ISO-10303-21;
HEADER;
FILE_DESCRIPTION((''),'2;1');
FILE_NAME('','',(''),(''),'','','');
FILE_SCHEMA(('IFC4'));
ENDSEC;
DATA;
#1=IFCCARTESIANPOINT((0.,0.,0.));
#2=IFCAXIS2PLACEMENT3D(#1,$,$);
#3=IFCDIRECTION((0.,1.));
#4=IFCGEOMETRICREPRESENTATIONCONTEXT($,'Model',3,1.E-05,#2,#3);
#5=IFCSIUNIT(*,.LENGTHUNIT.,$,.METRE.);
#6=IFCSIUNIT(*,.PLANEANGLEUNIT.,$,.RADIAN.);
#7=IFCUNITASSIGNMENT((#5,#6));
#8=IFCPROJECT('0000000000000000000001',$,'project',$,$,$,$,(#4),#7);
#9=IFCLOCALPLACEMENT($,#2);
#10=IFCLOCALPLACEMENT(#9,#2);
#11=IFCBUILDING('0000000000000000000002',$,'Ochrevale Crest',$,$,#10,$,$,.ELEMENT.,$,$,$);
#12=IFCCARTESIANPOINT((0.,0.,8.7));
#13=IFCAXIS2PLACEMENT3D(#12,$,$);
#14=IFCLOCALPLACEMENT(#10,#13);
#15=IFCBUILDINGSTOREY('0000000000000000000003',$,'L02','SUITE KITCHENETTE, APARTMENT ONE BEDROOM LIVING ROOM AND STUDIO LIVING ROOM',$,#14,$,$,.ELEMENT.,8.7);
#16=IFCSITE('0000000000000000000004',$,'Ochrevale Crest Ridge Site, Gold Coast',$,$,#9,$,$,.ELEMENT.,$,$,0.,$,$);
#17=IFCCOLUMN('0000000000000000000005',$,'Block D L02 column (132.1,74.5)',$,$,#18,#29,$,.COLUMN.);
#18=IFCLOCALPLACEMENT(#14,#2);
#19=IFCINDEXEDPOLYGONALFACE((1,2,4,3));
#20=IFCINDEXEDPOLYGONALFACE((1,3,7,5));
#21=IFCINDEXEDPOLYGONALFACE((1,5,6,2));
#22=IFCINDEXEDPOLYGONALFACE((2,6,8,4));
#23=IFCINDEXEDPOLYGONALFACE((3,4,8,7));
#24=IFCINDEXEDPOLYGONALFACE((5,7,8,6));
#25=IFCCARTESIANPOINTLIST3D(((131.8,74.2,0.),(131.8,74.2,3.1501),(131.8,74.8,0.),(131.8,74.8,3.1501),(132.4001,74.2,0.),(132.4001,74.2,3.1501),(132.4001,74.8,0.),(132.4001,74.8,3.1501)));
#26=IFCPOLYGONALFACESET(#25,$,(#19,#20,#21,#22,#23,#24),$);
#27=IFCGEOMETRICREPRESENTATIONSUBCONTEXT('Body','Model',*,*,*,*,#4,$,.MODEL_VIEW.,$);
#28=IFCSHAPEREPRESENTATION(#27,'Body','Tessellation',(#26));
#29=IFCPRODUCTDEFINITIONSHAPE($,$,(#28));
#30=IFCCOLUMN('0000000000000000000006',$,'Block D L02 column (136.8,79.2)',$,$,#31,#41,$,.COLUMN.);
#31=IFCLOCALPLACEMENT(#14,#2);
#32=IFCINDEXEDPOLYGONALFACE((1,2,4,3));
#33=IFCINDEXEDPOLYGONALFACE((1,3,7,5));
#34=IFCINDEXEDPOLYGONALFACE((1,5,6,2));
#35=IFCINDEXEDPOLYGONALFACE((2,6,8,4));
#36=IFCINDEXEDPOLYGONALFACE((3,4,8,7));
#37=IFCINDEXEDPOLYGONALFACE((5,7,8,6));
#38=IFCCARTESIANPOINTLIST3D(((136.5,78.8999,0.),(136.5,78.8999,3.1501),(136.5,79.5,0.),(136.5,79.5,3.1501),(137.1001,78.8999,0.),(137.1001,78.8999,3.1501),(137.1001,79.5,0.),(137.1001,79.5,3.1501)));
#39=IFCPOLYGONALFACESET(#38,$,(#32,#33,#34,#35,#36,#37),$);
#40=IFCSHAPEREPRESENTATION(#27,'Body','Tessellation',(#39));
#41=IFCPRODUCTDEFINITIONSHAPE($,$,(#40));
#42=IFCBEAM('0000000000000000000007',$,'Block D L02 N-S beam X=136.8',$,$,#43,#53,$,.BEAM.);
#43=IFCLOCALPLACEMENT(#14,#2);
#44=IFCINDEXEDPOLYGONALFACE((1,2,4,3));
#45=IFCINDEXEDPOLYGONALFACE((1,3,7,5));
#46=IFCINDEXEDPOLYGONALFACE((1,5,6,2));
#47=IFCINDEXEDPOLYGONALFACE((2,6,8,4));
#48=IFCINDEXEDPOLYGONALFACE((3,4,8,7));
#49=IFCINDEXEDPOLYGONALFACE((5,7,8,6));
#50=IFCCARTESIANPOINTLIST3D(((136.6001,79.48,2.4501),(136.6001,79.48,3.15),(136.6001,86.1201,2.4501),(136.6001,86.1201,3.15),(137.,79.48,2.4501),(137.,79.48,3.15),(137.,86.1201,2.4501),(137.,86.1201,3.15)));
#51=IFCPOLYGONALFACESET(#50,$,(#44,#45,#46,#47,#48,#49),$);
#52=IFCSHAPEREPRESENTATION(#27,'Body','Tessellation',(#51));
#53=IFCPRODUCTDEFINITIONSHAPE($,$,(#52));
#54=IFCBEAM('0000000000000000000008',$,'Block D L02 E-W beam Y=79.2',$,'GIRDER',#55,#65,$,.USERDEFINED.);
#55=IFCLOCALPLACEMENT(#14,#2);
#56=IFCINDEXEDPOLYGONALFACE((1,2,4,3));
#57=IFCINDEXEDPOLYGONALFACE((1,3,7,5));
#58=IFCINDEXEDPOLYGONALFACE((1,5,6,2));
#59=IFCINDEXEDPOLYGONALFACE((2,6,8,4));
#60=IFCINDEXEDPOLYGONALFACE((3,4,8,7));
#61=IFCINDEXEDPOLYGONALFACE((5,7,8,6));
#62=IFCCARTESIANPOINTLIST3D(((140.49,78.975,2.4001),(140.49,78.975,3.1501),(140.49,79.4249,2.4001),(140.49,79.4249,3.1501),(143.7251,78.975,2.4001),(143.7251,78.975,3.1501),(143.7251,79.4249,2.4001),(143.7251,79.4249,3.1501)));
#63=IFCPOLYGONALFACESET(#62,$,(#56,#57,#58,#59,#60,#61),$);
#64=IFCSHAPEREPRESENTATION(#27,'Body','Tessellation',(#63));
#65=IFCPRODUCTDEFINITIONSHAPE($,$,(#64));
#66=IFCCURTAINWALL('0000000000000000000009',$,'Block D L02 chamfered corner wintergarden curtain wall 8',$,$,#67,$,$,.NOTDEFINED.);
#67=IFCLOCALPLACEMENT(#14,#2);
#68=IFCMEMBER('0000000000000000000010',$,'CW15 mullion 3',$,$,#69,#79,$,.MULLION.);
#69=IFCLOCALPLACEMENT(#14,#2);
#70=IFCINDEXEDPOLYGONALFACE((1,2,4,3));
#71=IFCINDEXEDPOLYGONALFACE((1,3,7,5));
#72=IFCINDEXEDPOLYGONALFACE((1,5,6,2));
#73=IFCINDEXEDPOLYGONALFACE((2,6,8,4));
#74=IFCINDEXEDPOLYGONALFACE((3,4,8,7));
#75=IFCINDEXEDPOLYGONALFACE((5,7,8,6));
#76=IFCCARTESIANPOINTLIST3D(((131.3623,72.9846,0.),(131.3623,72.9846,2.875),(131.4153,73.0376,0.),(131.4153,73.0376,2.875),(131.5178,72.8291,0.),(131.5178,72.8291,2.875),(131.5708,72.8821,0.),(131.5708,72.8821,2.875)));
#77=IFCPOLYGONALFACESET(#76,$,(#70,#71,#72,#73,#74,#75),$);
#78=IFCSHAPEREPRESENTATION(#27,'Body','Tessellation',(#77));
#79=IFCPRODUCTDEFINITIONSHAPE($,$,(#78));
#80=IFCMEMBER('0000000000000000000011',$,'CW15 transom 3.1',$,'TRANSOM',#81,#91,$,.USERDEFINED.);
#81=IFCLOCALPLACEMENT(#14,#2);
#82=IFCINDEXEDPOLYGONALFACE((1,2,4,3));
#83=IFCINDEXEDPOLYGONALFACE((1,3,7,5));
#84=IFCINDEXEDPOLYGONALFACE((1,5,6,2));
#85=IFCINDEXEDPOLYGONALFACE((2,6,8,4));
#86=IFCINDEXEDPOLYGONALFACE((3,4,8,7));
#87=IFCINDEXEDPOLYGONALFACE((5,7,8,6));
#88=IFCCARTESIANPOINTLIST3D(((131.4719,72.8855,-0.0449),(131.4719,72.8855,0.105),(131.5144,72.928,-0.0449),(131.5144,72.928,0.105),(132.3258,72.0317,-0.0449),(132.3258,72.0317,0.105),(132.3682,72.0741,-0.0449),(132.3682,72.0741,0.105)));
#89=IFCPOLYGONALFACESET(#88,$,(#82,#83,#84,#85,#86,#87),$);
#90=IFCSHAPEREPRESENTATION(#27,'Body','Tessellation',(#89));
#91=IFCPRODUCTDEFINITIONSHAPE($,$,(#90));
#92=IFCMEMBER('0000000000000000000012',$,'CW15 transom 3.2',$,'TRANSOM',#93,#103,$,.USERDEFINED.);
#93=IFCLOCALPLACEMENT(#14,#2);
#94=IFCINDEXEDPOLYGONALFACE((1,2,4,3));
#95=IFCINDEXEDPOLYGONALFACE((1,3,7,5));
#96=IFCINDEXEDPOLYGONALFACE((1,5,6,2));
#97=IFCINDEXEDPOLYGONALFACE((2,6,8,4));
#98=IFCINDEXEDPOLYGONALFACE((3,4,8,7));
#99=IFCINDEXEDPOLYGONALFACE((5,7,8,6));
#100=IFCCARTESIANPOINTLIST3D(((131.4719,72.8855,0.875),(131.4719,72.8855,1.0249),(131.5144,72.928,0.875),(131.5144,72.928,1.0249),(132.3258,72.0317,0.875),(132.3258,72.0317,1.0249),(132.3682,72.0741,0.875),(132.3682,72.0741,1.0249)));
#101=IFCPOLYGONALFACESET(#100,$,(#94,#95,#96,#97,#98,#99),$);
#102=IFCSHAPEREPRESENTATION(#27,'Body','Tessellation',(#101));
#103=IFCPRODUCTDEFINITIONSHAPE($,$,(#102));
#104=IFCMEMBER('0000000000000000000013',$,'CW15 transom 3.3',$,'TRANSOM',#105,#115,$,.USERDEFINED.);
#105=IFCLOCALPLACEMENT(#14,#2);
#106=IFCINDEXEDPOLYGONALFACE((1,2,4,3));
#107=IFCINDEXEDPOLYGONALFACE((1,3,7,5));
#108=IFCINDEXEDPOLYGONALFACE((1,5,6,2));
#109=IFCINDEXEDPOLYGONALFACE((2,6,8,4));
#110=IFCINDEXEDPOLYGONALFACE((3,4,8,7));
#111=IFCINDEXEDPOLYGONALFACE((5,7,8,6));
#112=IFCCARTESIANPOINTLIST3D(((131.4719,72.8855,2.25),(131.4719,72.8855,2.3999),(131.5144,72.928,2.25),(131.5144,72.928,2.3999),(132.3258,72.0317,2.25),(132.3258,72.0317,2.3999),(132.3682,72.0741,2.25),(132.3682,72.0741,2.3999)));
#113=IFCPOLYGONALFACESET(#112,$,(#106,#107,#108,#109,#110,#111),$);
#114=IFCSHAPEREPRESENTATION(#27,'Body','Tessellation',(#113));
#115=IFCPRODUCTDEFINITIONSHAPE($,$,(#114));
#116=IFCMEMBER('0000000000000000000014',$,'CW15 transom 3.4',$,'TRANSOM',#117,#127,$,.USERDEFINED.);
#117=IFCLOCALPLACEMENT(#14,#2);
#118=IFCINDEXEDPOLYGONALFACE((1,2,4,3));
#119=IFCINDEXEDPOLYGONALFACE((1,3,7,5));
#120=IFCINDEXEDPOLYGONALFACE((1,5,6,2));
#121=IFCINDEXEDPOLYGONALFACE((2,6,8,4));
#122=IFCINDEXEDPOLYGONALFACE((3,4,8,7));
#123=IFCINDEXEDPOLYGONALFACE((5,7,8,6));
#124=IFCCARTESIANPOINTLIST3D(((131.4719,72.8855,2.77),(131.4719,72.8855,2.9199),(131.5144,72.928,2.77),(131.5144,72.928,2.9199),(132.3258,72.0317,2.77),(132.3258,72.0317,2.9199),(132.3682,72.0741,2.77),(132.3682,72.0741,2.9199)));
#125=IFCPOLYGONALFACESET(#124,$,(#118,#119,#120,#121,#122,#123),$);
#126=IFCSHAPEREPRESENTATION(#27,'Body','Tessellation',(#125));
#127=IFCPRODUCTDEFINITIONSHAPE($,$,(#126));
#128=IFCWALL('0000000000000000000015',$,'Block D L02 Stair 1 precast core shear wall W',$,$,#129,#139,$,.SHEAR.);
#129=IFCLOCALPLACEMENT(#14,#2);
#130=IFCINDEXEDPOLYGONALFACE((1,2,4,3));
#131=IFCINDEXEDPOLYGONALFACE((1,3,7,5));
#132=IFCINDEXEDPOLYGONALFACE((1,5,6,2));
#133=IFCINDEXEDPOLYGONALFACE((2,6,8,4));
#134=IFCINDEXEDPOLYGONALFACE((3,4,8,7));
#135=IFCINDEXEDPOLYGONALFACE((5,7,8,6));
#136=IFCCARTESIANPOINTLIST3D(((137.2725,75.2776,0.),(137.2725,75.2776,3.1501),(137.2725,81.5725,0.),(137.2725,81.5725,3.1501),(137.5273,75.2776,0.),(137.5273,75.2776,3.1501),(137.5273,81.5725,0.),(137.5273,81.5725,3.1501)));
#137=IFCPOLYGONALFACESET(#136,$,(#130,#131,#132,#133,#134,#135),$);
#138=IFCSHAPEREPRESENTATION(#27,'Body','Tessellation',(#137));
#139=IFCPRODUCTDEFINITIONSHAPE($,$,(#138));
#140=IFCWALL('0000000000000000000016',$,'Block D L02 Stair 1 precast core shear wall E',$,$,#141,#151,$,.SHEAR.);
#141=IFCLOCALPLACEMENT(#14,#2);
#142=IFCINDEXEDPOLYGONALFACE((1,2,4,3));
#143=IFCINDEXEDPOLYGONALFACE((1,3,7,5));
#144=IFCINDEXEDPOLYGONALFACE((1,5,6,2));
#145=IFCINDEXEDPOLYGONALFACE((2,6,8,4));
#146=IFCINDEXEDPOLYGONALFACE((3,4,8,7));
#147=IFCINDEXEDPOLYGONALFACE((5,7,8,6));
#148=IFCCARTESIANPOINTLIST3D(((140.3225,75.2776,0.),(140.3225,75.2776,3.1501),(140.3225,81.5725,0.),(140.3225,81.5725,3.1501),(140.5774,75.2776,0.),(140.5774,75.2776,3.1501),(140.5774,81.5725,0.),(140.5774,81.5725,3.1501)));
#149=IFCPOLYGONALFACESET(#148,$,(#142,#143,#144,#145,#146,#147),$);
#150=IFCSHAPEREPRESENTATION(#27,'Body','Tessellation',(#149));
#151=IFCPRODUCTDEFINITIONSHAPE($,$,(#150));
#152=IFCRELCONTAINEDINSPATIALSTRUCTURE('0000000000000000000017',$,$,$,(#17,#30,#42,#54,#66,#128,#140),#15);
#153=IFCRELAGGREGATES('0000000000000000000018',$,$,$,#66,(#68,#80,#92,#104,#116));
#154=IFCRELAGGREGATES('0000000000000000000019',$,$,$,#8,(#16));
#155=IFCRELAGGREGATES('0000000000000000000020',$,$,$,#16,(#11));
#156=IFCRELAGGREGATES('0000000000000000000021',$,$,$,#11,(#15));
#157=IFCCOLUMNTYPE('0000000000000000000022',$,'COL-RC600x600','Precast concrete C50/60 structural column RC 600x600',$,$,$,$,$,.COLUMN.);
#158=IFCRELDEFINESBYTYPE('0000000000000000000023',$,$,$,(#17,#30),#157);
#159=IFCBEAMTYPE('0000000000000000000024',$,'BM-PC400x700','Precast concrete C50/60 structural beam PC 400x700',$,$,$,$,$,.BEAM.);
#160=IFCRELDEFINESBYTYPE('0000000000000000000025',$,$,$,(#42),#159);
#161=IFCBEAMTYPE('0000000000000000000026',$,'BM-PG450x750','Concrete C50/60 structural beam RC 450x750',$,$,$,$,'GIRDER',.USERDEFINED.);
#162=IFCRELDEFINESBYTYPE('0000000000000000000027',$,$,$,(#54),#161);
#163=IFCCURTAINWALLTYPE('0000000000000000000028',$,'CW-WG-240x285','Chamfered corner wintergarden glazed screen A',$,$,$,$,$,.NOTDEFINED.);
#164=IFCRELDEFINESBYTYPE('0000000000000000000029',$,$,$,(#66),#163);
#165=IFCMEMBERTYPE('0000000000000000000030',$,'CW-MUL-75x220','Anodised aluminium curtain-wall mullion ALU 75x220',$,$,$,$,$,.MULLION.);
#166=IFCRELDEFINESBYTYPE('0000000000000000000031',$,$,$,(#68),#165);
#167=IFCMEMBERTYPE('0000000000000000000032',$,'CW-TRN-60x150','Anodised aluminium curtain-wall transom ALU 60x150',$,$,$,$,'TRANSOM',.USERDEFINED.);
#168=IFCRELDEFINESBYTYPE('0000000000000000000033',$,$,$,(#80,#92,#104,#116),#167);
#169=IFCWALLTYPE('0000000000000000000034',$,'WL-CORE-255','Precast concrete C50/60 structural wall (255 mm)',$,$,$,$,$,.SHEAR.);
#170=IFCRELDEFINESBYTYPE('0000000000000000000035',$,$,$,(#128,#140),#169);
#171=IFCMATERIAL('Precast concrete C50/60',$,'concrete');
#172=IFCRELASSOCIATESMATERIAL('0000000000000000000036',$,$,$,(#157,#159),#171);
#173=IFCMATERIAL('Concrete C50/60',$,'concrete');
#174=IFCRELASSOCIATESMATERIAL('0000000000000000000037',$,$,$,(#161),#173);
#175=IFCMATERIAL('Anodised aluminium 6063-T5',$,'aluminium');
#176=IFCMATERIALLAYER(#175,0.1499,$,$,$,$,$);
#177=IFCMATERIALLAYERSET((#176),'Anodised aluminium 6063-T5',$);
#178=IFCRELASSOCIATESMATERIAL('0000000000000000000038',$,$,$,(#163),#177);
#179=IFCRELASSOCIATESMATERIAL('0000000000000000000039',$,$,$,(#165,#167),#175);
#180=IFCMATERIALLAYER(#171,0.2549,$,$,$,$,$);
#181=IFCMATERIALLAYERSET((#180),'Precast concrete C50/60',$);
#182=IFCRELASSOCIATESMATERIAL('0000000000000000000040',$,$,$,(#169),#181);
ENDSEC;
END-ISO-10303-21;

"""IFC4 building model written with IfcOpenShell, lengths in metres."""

from ifc_helpers import new_model, si_unit, direction, frame, frame_2d, origin, origin_2d, place, context, subcontext, project, spatial, rectangle, extrude, material, layer, layer_set, material_profile, profile_set, type_object, element, aggregate, save


model = new_model("IFC4")

# Units and contexts
model_context = context("Model", 3, precision=1e-05, world=origin(), true_north=direction((0.0, 1.0)))
body_context = subcontext(model_context, "Body", "Model", "MODEL_VIEW")
ifc_project = project(units=[si_unit("LENGTHUNIT", "METRE"), si_unit("PLANEANGLEUNIT", "RADIAN")], contexts=[model_context])

# Site, building, storey
site_placement = place(None, origin())
site = spatial("IfcSite", under=ifc_project, at=site_placement, Name="Ochrevale Crest Ridge Site, Gold Coast", CompositionType="ELEMENT", RefElevation=0.0)
building_placement = place(site_placement, origin())
building = spatial("IfcBuilding", under=site, at=building_placement, Name="Ochrevale Crest", CompositionType="ELEMENT")
storey_placement = place(building_placement, frame((0.0, 0.0, 8.7)))
storey = spatial("IfcBuildingStorey", under=building, at=storey_placement, Name="L02", Description="SUITE KITCHENETTE, APARTMENT ONE BEDROOM LIVING ROOM AND STUDIO LIVING ROOM", CompositionType="ELEMENT", Elevation=8.7)

# Columns
ifc_material_1 = material(Name="Precast concrete C50/60", Category="concrete")
ifc_material_profile_1 = material_profile(ifc_material_1, rectangle(XDim=0.6001, YDim=0.6001, at=origin_2d()), Name="RC 600x600")
ifc_profile_set_1 = profile_set([ifc_material_profile_1], Name="Precast concrete C50/60")
column_type = type_object("IfcColumnType", Name="COL-RC600x600", Description="Precast concrete C50/60 structural column RC 600x600", PredefinedType="COLUMN", material=ifc_profile_set_1)
for number, where, z_axis, x_axis, name in (
    (1, (132.1001, 74.5, 0.0), (0.0, 0.0, 1.0), (1.0, 0.0, 0.0), "Block D L02 column (132.1,74.5)"),
    (2, (136.8, 79.2, 0.0), (0.0, 0.0, 1.0), (1.0, 0.0, 0.0), "Block D L02 column (136.8,79.2)"),
):
    element("IfcColumn", number, at=place(storey_placement, frame(where, z_axis=z_axis, x_axis=x_axis)), inside=storey, type_object=column_type, Name=name, PredefinedType="COLUMN", context=body_context, shape_type="SweptSolid", body=[
        extrude(rectangle(XDim=0.6001, YDim=0.6001, at=origin_2d()), origin(), (0.0, 0.0, 1.0), 3.1501),
    ])

# Beams
ifc_material_profile_2 = material_profile(ifc_material_1, rectangle(XDim=0.3999, YDim=0.7, at=origin_2d()), Name="PC 400x700")
ifc_profile_set_2 = profile_set([ifc_material_profile_2], Name="Precast concrete C50/60")
beam_type_1 = type_object("IfcBeamType", Name="BM-PC400x700", Description="Precast concrete C50/60 structural beam PC 400x700", PredefinedType="BEAM", material=ifc_profile_set_2)
beam_1_placement = place(storey_placement, frame((136.8, 79.48, 2.8), z_axis=(0.0, 1.0, 0.0), x_axis=(-1.0, 0.0, 0.0)))
element("IfcBeam", 3, at=beam_1_placement, inside=storey, type_object=beam_type_1, Name="Block D L02 N-S beam X=136.8", PredefinedType="BEAM", context=body_context, shape_type="SweptSolid", body=[
    extrude(rectangle(XDim=0.3999, YDim=0.7, at=origin_2d()), origin(), (0.0, 0.0, 1.0), 6.6401),
])
ifc_material_2 = material(Name="Concrete C50/60", Category="concrete")
ifc_material_profile_3 = material_profile(ifc_material_2, rectangle(XDim=0.45, YDim=0.75, at=origin_2d()), Name="RC 450x750")
ifc_profile_set_3 = profile_set([ifc_material_profile_3], Name="Concrete C50/60")
beam_type_2 = type_object("IfcBeamType", Name="BM-PG450x750", Description="Concrete C50/60 structural beam RC 450x750", ElementType="GIRDER", PredefinedType="USERDEFINED", material=ifc_profile_set_3)
beam_2_placement = place(storey_placement, frame((140.49, 79.2, 2.7751), z_axis=(1.0, 0.0, 0.0), x_axis=(0.0, 1.0, 0.0)))
element("IfcBeam", 4, at=beam_2_placement, inside=storey, type_object=beam_type_2, Name="Block D L02 E-W beam Y=79.2", ObjectType="GIRDER", PredefinedType="USERDEFINED", context=body_context, shape_type="SweptSolid", body=[
    extrude(rectangle(XDim=0.45, YDim=0.75, at=origin_2d()), origin(), (0.0, 0.0, 1.0), 3.2351),
])

# Curtain wall, members
ifc_material_3 = material(Name="Anodised aluminium 6063-T5", Category="aluminium")
ifc_layer_1 = layer(ifc_material_3, 0.1499)
ifc_layer_set_1 = layer_set([ifc_layer_1], Name="Anodised aluminium 6063-T5")
curtain_wall_type = type_object("IfcCurtainWallType", Name="CW-WG-240x285", Description="Chamfered corner wintergarden glazed screen A", PredefinedType="NOTDEFINED", material=ifc_layer_set_1)
curtain_wall_placement = place(storey_placement, origin())
curtain_wall = element("IfcCurtainWall", 5, at=curtain_wall_placement, inside=storey, type_object=curtain_wall_type, Name="Block D L02 chamfered corner wintergarden curtain wall 8", PredefinedType="NOTDEFINED")
ifc_material_profile_4 = material_profile(ifc_material_3, rectangle(XDim=0.075, YDim=0.22, at=origin_2d()), Name="ALU 75x220")
ifc_profile_set_4 = profile_set([ifc_material_profile_4], Name="Anodised aluminium 6063-T5")
member_type_1 = type_object("IfcMemberType", Name="CW-MUL-75x220", Description="Anodised aluminium curtain-wall mullion ALU 75x220", PredefinedType="MULLION", material=ifc_profile_set_4)
member_1_placement = place(storey_placement, frame((131.4666, 72.9333, 0.0), z_axis=(0.0, 0.0, 1.0), x_axis=(0.707107, 0.707107, 0.0)))
member_1 = element("IfcMember", 6, at=member_1_placement, type_object=member_type_1, Name="CW15 mullion 3", PredefinedType="MULLION", context=body_context, shape_type="SweptSolid", body=[
    extrude(rectangle(XDim=0.075, YDim=0.22, at=origin_2d()), origin(), (0.0, 0.0, 1.0), 2.875),
])
ifc_material_profile_5 = material_profile(ifc_material_3, rectangle(XDim=0.0601, YDim=0.1499, at=origin_2d()), Name="ALU 60x150")
ifc_profile_set_5 = profile_set([ifc_material_profile_5], Name="Anodised aluminium 6063-T5")
member_type_2 = type_object("IfcMemberType", Name="CW-TRN-60x150", Description="Anodised aluminium curtain-wall transom ALU 60x150", ElementType="TRANSOM", PredefinedType="USERDEFINED", material=ifc_profile_set_5)
member_2_placement = place(storey_placement, frame((131.4932, 72.9067, 0.03), z_axis=(0.707107, -0.707107, 0.0), x_axis=(0.707107, 0.707107, 0.0)))
member_2 = element("IfcMember", 7, at=member_2_placement, type_object=member_type_2, Name="CW15 transom 3.1", ObjectType="TRANSOM", PredefinedType="USERDEFINED", context=body_context, shape_type="SweptSolid", body=[
    extrude(rectangle(XDim=0.0601, YDim=0.1499, at=origin_2d()), origin(), (0.0, 0.0, 1.0), 1.2075),
])
member_3_placement = place(storey_placement, frame((131.4932, 72.9067, 0.95), z_axis=(0.707107, -0.707107, 0.0), x_axis=(0.707107, 0.707107, 0.0)))
member_3 = element("IfcMember", 8, at=member_3_placement, type_object=member_type_2, Name="CW15 transom 3.2", ObjectType="TRANSOM", PredefinedType="USERDEFINED", context=body_context, shape_type="SweptSolid", body=[
    extrude(rectangle(XDim=0.0601, YDim=0.1499, at=origin_2d()), origin(), (0.0, 0.0, 1.0), 1.2075),
])
member_4_placement = place(storey_placement, frame((131.4932, 72.9067, 2.325), z_axis=(0.707107, -0.707107, 0.0), x_axis=(0.707107, 0.707107, 0.0)))
member_4 = element("IfcMember", 9, at=member_4_placement, type_object=member_type_2, Name="CW15 transom 3.3", ObjectType="TRANSOM", PredefinedType="USERDEFINED", context=body_context, shape_type="SweptSolid", body=[
    extrude(rectangle(XDim=0.0601, YDim=0.1499, at=origin_2d()), origin(), (0.0, 0.0, 1.0), 1.2075),
])
member_5_placement = place(storey_placement, frame((131.4932, 72.9067, 2.845), z_axis=(0.707107, -0.707107, 0.0), x_axis=(0.707107, 0.707107, 0.0)))
member_5 = element("IfcMember", 10, at=member_5_placement, type_object=member_type_2, Name="CW15 transom 3.4", ObjectType="TRANSOM", PredefinedType="USERDEFINED", context=body_context, shape_type="SweptSolid", body=[
    extrude(rectangle(XDim=0.0601, YDim=0.1499, at=origin_2d()), origin(), (0.0, 0.0, 1.0), 1.2075),
])
aggregate(curtain_wall, [member_1, member_2, member_3, member_4, member_5])

# Shared definitions
ifc_layer_2 = layer(ifc_material_1, 0.2549)
ifc_layer_set_2 = layer_set([ifc_layer_2], Name="Precast concrete C50/60")
wall_type_1 = type_object("IfcWallType", Name="WL-CORE-255", Description="Precast concrete C50/60 structural wall (255 mm)", PredefinedType="SHEAR", material=ifc_layer_set_2)

# Walls
for number, where, z_axis, x_axis, name in (
    (11, (137.3999, 75.2776, 0.0), (0.0, 0.0, 1.0), (0.0, 1.0, 0.0), "Block D L02 Stair 1 precast core shear wall W"),
    (12, (140.45, 75.2776, 0.0), (0.0, 0.0, 1.0), (0.0, 1.0, 0.0), "Block D L02 Stair 1 precast core shear wall E"),
):
    element("IfcWall", number, at=place(storey_placement, frame(where, z_axis=z_axis, x_axis=x_axis)), inside=storey, type_object=wall_type_1, Name=name, PredefinedType="SHEAR", context=body_context, shape_type="SweptSolid", body=[
        extrude(rectangle(XDim=6.2949, YDim=0.2549, at=frame_2d((3.1475, 0.0))), origin(), (0.0, 0.0, 1.0), 3.1501),
    ])

save(model, "model.ifc")
